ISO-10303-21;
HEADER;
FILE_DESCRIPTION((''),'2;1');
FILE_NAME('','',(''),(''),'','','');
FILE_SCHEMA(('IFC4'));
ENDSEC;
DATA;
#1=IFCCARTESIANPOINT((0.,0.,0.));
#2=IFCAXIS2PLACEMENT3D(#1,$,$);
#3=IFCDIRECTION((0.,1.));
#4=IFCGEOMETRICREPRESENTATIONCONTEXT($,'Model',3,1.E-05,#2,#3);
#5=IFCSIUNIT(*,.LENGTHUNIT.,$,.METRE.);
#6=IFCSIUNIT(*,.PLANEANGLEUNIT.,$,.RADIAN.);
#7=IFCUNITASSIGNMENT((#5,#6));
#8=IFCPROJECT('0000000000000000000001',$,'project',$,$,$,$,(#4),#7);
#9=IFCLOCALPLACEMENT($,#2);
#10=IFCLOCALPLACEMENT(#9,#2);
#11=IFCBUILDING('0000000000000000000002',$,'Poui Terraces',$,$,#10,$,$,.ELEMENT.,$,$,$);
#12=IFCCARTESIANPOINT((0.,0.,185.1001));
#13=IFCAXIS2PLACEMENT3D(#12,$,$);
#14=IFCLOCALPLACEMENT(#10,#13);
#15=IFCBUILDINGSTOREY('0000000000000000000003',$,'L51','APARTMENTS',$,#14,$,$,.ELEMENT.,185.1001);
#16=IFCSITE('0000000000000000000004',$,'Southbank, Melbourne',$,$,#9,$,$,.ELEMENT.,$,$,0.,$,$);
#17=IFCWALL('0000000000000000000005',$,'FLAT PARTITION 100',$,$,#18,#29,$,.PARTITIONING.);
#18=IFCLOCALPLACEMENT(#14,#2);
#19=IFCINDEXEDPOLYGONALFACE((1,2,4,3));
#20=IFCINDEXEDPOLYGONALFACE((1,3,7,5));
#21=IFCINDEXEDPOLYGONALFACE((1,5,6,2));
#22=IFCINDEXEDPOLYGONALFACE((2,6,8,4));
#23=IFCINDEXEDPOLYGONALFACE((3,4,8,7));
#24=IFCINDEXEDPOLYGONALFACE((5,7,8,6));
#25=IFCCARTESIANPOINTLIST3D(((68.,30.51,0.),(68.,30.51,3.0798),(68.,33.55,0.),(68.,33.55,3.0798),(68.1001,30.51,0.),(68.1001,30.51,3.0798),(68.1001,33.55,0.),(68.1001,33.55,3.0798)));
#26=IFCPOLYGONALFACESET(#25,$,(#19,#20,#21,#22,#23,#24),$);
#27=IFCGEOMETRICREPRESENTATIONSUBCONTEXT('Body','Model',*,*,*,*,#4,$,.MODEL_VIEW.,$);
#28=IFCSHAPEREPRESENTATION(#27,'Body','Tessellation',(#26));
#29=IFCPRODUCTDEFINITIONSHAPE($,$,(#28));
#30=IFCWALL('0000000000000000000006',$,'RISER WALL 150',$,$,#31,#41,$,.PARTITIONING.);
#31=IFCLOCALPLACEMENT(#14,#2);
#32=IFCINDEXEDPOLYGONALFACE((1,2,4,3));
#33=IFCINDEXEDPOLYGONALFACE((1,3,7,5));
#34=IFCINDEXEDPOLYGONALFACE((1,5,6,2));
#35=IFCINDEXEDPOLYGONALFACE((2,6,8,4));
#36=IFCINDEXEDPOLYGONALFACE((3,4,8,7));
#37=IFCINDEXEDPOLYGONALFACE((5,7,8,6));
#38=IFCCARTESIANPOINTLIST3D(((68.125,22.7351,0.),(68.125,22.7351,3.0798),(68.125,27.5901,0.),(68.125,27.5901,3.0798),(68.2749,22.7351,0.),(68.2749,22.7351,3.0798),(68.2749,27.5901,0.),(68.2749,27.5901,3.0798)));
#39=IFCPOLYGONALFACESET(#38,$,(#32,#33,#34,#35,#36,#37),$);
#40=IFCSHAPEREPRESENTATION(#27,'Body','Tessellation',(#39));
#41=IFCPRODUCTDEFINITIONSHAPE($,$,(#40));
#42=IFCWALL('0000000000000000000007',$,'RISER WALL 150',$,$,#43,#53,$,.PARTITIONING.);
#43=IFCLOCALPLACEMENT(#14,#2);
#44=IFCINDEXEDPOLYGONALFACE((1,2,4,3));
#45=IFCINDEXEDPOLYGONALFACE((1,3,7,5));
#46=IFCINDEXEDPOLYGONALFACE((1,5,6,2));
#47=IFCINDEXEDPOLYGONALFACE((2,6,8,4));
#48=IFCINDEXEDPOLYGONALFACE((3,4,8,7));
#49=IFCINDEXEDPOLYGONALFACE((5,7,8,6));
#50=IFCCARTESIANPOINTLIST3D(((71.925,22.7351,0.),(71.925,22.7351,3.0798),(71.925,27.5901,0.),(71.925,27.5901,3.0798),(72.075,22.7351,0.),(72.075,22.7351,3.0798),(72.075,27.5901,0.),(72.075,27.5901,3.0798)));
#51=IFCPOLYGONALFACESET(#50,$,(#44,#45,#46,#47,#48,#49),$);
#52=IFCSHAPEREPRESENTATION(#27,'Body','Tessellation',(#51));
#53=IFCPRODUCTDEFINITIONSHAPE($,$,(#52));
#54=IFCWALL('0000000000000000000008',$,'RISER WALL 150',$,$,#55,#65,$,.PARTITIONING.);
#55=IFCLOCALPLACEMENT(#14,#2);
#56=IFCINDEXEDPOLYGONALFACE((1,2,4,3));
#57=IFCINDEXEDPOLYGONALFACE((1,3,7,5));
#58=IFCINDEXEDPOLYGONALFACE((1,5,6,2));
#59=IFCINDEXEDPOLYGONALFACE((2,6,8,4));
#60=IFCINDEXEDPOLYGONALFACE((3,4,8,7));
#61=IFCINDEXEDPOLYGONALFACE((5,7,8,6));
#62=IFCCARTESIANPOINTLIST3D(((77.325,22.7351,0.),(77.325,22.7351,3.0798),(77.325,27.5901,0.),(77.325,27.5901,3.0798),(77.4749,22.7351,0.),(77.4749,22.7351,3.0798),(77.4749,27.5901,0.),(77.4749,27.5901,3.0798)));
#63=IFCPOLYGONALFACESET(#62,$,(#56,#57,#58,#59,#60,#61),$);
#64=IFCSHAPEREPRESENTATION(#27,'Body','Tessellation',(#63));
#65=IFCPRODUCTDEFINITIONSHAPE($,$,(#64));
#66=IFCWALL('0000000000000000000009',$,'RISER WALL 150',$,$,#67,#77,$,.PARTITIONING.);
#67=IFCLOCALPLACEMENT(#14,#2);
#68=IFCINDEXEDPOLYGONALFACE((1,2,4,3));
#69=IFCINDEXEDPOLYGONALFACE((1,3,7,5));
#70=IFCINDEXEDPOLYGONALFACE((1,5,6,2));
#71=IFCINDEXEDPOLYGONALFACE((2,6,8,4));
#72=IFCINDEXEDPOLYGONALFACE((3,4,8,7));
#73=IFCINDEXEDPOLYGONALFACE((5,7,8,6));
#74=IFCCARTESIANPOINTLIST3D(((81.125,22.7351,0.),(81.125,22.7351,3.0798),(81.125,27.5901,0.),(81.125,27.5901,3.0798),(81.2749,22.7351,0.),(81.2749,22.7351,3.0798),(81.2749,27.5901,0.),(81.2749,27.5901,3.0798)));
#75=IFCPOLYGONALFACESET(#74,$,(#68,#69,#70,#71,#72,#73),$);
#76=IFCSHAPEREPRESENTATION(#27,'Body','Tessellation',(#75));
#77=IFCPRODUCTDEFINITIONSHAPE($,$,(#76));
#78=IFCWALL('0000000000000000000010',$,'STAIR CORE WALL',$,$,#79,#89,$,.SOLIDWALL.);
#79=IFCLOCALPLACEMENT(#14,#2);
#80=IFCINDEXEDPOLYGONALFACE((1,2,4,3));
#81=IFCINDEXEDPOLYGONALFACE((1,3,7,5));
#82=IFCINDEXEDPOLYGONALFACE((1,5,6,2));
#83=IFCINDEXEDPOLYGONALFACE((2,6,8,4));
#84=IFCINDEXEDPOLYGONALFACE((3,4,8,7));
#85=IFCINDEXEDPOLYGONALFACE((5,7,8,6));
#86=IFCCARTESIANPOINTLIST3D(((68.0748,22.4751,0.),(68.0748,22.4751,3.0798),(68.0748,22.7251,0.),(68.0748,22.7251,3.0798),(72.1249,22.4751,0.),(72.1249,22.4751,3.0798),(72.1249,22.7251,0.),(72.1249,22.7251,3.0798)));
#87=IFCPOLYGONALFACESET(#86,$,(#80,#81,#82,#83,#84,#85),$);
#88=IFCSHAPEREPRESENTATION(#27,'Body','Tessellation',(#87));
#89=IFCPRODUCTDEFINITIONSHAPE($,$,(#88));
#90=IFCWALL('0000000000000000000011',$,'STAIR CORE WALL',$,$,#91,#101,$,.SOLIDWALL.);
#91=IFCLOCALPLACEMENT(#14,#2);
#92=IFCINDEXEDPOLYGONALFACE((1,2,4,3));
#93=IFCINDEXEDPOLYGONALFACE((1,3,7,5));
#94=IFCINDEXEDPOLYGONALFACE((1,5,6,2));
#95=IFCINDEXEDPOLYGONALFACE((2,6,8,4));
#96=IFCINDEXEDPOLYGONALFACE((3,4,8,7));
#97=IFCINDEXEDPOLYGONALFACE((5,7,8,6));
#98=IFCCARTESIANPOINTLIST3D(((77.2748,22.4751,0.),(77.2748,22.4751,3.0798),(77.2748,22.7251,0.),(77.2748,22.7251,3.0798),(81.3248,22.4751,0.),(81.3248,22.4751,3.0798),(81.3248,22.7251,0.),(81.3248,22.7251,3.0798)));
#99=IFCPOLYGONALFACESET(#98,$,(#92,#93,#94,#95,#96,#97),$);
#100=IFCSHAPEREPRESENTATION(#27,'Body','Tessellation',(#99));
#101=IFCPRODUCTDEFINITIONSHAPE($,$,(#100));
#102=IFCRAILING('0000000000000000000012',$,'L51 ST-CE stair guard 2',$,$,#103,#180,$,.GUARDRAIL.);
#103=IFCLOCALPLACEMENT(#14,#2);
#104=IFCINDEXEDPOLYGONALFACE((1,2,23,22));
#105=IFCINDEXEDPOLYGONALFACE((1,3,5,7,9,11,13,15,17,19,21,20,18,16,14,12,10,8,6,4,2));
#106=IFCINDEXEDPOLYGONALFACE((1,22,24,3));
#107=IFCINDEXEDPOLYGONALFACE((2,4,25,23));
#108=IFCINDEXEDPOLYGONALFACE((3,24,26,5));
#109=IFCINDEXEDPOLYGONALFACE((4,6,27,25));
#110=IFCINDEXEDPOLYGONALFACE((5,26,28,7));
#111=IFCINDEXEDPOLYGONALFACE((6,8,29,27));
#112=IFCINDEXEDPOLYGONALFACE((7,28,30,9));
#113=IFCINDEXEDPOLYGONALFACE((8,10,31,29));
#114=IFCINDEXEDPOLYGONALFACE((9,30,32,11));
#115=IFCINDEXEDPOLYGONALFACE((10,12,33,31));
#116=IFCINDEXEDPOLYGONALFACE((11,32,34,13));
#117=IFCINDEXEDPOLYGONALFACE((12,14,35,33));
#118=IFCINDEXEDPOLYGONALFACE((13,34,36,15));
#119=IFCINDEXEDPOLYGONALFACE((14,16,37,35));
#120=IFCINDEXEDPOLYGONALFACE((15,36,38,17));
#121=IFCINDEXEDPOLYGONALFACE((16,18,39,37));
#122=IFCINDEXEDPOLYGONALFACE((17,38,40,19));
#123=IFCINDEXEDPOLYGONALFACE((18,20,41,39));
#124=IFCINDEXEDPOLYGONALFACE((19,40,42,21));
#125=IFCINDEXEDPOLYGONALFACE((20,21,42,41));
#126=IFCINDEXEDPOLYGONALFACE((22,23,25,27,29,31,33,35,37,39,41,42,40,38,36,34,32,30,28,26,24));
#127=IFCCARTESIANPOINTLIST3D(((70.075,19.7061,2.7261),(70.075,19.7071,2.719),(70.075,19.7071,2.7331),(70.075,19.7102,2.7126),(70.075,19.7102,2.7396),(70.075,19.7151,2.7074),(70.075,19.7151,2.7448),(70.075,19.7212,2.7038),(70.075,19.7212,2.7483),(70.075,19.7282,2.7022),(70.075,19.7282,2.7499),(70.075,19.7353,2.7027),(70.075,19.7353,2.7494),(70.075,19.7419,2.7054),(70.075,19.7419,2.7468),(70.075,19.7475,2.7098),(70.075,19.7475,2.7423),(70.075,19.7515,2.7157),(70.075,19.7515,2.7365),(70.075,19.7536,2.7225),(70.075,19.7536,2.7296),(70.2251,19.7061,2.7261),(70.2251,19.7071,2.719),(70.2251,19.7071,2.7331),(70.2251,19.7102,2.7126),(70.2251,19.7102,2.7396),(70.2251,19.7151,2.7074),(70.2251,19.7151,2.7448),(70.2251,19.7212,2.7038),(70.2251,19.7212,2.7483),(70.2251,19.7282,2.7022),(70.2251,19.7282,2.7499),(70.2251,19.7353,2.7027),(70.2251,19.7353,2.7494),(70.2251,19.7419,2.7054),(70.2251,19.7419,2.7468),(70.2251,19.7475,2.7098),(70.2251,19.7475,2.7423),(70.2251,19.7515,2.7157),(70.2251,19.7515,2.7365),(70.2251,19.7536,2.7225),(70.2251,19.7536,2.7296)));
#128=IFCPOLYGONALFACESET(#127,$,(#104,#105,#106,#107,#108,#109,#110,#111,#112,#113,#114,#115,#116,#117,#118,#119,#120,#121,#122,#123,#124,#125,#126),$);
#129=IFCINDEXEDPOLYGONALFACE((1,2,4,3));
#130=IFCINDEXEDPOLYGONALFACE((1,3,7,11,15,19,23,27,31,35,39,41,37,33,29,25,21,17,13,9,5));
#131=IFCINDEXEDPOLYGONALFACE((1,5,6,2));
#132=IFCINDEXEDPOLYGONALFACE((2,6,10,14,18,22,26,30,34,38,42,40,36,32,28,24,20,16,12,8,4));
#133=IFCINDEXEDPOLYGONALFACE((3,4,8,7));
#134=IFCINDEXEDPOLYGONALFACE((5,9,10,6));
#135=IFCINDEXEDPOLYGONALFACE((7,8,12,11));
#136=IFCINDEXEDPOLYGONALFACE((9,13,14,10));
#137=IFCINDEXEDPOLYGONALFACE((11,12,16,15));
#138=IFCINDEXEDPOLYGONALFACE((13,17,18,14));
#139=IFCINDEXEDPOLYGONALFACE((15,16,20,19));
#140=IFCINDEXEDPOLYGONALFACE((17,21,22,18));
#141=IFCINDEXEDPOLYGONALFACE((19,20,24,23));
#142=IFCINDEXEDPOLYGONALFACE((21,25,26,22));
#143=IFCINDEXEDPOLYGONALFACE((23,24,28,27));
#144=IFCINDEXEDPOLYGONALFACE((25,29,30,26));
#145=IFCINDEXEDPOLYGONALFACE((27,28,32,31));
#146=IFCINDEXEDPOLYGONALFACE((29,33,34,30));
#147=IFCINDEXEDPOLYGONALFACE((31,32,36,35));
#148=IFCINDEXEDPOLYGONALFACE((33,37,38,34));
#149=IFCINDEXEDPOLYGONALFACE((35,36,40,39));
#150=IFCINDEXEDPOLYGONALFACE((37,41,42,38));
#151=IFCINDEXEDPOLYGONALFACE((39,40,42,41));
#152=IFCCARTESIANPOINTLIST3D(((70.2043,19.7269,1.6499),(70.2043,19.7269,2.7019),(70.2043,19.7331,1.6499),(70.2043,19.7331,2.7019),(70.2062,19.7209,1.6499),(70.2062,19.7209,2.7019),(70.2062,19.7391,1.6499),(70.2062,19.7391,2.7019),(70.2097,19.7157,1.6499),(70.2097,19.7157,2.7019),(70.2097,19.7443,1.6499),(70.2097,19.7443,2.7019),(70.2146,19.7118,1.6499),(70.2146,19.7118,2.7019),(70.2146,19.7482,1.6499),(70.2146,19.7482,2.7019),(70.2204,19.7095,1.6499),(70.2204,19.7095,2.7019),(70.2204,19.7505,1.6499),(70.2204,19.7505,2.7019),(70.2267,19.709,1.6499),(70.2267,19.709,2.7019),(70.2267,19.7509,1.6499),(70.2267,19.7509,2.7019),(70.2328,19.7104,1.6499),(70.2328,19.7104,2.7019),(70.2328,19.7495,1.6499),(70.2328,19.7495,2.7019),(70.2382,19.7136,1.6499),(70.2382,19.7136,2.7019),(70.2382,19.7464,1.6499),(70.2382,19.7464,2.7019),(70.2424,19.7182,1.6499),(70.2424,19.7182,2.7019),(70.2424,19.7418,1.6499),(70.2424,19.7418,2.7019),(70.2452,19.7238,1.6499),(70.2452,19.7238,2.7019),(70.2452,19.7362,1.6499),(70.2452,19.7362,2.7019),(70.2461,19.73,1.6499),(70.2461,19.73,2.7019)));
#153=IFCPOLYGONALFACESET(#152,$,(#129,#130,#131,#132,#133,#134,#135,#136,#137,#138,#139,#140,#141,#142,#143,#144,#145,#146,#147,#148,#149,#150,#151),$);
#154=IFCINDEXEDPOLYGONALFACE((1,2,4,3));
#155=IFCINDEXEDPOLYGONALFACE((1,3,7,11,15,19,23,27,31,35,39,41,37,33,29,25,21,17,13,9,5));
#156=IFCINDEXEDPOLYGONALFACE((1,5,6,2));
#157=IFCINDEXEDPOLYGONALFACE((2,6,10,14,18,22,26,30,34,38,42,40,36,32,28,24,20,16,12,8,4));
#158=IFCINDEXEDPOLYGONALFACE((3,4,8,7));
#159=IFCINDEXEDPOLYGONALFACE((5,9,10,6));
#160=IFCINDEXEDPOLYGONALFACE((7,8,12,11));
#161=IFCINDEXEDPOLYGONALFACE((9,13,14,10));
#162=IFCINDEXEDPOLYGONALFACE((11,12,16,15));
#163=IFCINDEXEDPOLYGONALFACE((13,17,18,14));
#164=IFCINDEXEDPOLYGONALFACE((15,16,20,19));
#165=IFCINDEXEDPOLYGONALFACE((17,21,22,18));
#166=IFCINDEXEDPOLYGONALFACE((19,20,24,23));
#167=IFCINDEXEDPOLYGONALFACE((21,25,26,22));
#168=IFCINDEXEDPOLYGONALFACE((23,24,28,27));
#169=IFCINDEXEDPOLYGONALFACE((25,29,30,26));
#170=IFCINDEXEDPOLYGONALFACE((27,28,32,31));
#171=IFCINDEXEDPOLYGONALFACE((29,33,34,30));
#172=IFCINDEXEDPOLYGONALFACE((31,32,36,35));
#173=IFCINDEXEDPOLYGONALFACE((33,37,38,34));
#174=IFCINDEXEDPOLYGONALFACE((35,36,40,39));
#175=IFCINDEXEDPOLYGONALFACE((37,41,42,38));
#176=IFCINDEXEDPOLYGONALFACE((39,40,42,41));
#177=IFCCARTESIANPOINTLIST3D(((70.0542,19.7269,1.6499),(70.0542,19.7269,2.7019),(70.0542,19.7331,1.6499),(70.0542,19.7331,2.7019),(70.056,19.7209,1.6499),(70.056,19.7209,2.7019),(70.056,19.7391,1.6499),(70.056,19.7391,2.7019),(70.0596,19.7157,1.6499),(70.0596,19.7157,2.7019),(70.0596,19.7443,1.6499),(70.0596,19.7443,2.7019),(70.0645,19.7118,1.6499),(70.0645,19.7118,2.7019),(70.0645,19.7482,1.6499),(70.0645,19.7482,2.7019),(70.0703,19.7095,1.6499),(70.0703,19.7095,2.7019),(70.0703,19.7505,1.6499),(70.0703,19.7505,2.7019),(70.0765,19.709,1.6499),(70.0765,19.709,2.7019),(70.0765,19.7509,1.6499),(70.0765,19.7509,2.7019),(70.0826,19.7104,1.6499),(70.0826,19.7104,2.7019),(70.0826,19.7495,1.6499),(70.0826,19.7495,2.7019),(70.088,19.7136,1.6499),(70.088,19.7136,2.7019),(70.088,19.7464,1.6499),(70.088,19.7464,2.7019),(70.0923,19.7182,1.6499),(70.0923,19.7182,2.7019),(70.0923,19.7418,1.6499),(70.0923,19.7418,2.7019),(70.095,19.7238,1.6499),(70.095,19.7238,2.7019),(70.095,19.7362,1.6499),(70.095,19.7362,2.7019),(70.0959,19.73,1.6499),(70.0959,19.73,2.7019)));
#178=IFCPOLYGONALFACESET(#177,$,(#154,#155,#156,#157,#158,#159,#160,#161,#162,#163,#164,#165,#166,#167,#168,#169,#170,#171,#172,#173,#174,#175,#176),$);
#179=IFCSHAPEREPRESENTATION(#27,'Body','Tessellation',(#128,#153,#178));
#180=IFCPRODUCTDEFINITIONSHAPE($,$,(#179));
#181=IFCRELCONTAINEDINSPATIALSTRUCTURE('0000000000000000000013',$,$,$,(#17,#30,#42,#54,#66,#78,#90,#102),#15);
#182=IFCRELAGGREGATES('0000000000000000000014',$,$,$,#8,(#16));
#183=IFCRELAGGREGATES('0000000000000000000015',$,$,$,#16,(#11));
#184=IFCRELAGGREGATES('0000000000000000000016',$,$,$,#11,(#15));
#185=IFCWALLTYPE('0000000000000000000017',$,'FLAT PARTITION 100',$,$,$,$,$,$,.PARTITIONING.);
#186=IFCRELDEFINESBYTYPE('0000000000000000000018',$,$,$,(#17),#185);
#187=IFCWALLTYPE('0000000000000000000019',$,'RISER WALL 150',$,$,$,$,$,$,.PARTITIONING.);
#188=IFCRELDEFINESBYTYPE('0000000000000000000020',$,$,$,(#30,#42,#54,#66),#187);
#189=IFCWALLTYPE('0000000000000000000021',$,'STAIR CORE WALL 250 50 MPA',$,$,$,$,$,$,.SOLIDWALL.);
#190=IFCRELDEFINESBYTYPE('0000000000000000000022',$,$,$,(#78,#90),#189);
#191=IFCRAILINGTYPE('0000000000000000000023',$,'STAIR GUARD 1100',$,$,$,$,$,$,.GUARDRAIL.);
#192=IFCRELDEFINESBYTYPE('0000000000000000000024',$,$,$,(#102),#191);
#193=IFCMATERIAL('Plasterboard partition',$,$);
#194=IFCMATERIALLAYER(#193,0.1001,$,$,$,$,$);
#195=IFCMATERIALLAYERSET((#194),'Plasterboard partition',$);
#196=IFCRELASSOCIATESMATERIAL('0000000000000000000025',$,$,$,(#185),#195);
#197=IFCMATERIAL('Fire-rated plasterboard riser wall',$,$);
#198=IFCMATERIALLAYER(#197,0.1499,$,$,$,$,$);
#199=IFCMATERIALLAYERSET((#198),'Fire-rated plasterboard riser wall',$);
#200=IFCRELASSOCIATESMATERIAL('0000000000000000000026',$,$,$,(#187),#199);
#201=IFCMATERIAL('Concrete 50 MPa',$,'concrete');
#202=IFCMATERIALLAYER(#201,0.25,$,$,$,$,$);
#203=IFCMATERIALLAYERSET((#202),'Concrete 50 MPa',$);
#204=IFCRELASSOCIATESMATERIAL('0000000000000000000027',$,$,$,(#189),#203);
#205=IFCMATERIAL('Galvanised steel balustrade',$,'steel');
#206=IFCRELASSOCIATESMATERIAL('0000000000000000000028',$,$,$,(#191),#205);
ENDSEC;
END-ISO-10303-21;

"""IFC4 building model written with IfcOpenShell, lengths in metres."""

from ifc_helpers import new_model, si_unit, direction, frame, frame_2d, origin, origin_2d, place, context, subcontext, project, spatial, rectangle, circle, extrude, material, layer, layer_set, type_object, element, save


model = new_model("IFC4")

# Units and contexts
model_context = context("Model", 3, precision=1e-05, world=origin(), true_north=direction((0.0, 1.0)))
body_context = subcontext(model_context, "Body", "Model", "MODEL_VIEW")
ifc_project = project(units=[si_unit("LENGTHUNIT", "METRE"), si_unit("PLANEANGLEUNIT", "RADIAN")], contexts=[model_context])

# Site, building, storey
site_placement = place(None, origin())
site = spatial("IfcSite", under=ifc_project, at=site_placement, Name="Southbank, Melbourne", CompositionType="ELEMENT", RefElevation=0.0)
building_placement = place(site_placement, origin())
building = spatial("IfcBuilding", under=site, at=building_placement, Name="Poui Terraces", CompositionType="ELEMENT")
storey_placement = place(building_placement, frame((0.0, 0.0, 185.1001)))
storey = spatial("IfcBuildingStorey", under=building, at=storey_placement, Name="L51", Description="APARTMENTS", CompositionType="ELEMENT", Elevation=185.1001)

# Shared definitions
ifc_material_1 = material(Name="Concrete 50 MPa", Category="concrete")

# Walls
ifc_material_2 = material(Name="Plasterboard partition")
ifc_layer_1 = layer(ifc_material_2, 0.1001)
ifc_layer_set_1 = layer_set([ifc_layer_1], Name="Plasterboard partition")
wall_type_1 = type_object("IfcWallType", Name="FLAT PARTITION 100", PredefinedType="PARTITIONING", material=ifc_layer_set_1)
wall_1_placement = place(storey_placement, frame((68.05, 30.51, 0.0), z_axis=(0.0, 0.0, 1.0), x_axis=(0.0, 1.0, 0.0)))
element("IfcWall", 1, at=wall_1_placement, inside=storey, type_object=wall_type_1, Name="FLAT PARTITION 100", PredefinedType="PARTITIONING", context=body_context, shape_type="SweptSolid", body=[
    extrude(rectangle(XDim=3.04, YDim=0.1001, at=frame_2d((1.52, 0.0))), origin(), (0.0, 0.0, 1.0), 3.0798),
])
ifc_material_3 = material(Name="Fire-rated plasterboard riser wall")
ifc_layer_2 = layer(ifc_material_3, 0.1499)
ifc_layer_set_2 = layer_set([ifc_layer_2], Name="Fire-rated plasterboard riser wall")
wall_type_2 = type_object("IfcWallType", Name="RISER WALL 150", PredefinedType="PARTITIONING", material=ifc_layer_set_2)
for number, where, z_axis, x_axis, name in (
    (2, (68.2, 22.7351, 0.0), (0.0, 0.0, 1.0), (0.0, 1.0, 0.0), "RISER WALL 150"),
    (3, (72.0, 22.7351, 0.0), (0.0, 0.0, 1.0), (0.0, 1.0, 0.0), "RISER WALL 150"),
    (4, (77.3999, 22.7351, 0.0), (0.0, 0.0, 1.0), (0.0, 1.0, 0.0), "RISER WALL 150"),
    (5, (81.2, 22.7351, 0.0), (0.0, 0.0, 1.0), (0.0, 1.0, 0.0), "RISER WALL 150"),
):
    element("IfcWall", number, at=place(storey_placement, frame(where, z_axis=z_axis, x_axis=x_axis)), inside=storey, type_object=wall_type_2, Name=name, PredefinedType="PARTITIONING", context=body_context, shape_type="SweptSolid", body=[
        extrude(rectangle(XDim=4.855, YDim=0.1499, at=frame_2d((2.4275, 0.0))), origin(), (0.0, 0.0, 1.0), 3.0798),
    ])
ifc_layer_3 = layer(ifc_material_1, 0.25)
ifc_layer_set_3 = layer_set([ifc_layer_3], Name="Concrete 50 MPa")
wall_type_3 = type_object("IfcWallType", Name="STAIR CORE WALL 250 50 MPA", PredefinedType="SOLIDWALL", material=ifc_layer_set_3)
for number, where, z_axis, x_axis, name in (
    (6, (68.075, 22.6001, 0.0), (0.0, 0.0, 1.0), (1.0, 0.0, 0.0), "STAIR CORE WALL"),
    (7, (77.2749, 22.6001, 0.0), (0.0, 0.0, 1.0), (1.0, 0.0, 0.0), "STAIR CORE WALL"),
):
    element("IfcWall", number, at=place(storey_placement, frame(where, z_axis=z_axis, x_axis=x_axis)), inside=storey, type_object=wall_type_3, Name=name, PredefinedType="SOLIDWALL", context=body_context, shape_type="SweptSolid", body=[
        extrude(rectangle(XDim=4.05, YDim=0.25, at=frame_2d((2.0249, 0.0))), origin(), (0.0, 0.0, 1.0), 3.0798),
    ])

# Railing
ifc_material_4 = material(Name="Galvanised steel balustrade", Category="steel")
railing_type = type_object("IfcRailingType", Name="STAIR GUARD 1100", PredefinedType="GUARDRAIL", material=ifc_material_4)
for number, where, name in (
    (8, (70.2251, 19.73, 1.6499), "L51 ST-CE stair guard 2"),
):
    element("IfcRailing", number, at=place(storey_placement, frame(where)), inside=storey, type_object=railing_type, Name=name, PredefinedType="GUARDRAIL", context=body_context, shape_type="SweptSolid", body=[
        extrude(circle(Radius=0.0239, at=origin_2d()), frame((0.0, 0.0, 1.0762), z_axis=(-1.0, 0.0, 0.0), x_axis=(0.0, -1.0, 0.0)), (0.0, 0.0, 1.0), 0.1501),
        extrude(circle(Radius=0.021, at=origin_2d()), origin(), (0.0, 0.0, 1.0), 1.052),
        extrude(circle(Radius=0.021, at=origin_2d()), frame((-0.1501, 0.0, 0.0)), (0.0, 0.0, 1.0), 1.052),
    ])

save(model, "model.ifc")
